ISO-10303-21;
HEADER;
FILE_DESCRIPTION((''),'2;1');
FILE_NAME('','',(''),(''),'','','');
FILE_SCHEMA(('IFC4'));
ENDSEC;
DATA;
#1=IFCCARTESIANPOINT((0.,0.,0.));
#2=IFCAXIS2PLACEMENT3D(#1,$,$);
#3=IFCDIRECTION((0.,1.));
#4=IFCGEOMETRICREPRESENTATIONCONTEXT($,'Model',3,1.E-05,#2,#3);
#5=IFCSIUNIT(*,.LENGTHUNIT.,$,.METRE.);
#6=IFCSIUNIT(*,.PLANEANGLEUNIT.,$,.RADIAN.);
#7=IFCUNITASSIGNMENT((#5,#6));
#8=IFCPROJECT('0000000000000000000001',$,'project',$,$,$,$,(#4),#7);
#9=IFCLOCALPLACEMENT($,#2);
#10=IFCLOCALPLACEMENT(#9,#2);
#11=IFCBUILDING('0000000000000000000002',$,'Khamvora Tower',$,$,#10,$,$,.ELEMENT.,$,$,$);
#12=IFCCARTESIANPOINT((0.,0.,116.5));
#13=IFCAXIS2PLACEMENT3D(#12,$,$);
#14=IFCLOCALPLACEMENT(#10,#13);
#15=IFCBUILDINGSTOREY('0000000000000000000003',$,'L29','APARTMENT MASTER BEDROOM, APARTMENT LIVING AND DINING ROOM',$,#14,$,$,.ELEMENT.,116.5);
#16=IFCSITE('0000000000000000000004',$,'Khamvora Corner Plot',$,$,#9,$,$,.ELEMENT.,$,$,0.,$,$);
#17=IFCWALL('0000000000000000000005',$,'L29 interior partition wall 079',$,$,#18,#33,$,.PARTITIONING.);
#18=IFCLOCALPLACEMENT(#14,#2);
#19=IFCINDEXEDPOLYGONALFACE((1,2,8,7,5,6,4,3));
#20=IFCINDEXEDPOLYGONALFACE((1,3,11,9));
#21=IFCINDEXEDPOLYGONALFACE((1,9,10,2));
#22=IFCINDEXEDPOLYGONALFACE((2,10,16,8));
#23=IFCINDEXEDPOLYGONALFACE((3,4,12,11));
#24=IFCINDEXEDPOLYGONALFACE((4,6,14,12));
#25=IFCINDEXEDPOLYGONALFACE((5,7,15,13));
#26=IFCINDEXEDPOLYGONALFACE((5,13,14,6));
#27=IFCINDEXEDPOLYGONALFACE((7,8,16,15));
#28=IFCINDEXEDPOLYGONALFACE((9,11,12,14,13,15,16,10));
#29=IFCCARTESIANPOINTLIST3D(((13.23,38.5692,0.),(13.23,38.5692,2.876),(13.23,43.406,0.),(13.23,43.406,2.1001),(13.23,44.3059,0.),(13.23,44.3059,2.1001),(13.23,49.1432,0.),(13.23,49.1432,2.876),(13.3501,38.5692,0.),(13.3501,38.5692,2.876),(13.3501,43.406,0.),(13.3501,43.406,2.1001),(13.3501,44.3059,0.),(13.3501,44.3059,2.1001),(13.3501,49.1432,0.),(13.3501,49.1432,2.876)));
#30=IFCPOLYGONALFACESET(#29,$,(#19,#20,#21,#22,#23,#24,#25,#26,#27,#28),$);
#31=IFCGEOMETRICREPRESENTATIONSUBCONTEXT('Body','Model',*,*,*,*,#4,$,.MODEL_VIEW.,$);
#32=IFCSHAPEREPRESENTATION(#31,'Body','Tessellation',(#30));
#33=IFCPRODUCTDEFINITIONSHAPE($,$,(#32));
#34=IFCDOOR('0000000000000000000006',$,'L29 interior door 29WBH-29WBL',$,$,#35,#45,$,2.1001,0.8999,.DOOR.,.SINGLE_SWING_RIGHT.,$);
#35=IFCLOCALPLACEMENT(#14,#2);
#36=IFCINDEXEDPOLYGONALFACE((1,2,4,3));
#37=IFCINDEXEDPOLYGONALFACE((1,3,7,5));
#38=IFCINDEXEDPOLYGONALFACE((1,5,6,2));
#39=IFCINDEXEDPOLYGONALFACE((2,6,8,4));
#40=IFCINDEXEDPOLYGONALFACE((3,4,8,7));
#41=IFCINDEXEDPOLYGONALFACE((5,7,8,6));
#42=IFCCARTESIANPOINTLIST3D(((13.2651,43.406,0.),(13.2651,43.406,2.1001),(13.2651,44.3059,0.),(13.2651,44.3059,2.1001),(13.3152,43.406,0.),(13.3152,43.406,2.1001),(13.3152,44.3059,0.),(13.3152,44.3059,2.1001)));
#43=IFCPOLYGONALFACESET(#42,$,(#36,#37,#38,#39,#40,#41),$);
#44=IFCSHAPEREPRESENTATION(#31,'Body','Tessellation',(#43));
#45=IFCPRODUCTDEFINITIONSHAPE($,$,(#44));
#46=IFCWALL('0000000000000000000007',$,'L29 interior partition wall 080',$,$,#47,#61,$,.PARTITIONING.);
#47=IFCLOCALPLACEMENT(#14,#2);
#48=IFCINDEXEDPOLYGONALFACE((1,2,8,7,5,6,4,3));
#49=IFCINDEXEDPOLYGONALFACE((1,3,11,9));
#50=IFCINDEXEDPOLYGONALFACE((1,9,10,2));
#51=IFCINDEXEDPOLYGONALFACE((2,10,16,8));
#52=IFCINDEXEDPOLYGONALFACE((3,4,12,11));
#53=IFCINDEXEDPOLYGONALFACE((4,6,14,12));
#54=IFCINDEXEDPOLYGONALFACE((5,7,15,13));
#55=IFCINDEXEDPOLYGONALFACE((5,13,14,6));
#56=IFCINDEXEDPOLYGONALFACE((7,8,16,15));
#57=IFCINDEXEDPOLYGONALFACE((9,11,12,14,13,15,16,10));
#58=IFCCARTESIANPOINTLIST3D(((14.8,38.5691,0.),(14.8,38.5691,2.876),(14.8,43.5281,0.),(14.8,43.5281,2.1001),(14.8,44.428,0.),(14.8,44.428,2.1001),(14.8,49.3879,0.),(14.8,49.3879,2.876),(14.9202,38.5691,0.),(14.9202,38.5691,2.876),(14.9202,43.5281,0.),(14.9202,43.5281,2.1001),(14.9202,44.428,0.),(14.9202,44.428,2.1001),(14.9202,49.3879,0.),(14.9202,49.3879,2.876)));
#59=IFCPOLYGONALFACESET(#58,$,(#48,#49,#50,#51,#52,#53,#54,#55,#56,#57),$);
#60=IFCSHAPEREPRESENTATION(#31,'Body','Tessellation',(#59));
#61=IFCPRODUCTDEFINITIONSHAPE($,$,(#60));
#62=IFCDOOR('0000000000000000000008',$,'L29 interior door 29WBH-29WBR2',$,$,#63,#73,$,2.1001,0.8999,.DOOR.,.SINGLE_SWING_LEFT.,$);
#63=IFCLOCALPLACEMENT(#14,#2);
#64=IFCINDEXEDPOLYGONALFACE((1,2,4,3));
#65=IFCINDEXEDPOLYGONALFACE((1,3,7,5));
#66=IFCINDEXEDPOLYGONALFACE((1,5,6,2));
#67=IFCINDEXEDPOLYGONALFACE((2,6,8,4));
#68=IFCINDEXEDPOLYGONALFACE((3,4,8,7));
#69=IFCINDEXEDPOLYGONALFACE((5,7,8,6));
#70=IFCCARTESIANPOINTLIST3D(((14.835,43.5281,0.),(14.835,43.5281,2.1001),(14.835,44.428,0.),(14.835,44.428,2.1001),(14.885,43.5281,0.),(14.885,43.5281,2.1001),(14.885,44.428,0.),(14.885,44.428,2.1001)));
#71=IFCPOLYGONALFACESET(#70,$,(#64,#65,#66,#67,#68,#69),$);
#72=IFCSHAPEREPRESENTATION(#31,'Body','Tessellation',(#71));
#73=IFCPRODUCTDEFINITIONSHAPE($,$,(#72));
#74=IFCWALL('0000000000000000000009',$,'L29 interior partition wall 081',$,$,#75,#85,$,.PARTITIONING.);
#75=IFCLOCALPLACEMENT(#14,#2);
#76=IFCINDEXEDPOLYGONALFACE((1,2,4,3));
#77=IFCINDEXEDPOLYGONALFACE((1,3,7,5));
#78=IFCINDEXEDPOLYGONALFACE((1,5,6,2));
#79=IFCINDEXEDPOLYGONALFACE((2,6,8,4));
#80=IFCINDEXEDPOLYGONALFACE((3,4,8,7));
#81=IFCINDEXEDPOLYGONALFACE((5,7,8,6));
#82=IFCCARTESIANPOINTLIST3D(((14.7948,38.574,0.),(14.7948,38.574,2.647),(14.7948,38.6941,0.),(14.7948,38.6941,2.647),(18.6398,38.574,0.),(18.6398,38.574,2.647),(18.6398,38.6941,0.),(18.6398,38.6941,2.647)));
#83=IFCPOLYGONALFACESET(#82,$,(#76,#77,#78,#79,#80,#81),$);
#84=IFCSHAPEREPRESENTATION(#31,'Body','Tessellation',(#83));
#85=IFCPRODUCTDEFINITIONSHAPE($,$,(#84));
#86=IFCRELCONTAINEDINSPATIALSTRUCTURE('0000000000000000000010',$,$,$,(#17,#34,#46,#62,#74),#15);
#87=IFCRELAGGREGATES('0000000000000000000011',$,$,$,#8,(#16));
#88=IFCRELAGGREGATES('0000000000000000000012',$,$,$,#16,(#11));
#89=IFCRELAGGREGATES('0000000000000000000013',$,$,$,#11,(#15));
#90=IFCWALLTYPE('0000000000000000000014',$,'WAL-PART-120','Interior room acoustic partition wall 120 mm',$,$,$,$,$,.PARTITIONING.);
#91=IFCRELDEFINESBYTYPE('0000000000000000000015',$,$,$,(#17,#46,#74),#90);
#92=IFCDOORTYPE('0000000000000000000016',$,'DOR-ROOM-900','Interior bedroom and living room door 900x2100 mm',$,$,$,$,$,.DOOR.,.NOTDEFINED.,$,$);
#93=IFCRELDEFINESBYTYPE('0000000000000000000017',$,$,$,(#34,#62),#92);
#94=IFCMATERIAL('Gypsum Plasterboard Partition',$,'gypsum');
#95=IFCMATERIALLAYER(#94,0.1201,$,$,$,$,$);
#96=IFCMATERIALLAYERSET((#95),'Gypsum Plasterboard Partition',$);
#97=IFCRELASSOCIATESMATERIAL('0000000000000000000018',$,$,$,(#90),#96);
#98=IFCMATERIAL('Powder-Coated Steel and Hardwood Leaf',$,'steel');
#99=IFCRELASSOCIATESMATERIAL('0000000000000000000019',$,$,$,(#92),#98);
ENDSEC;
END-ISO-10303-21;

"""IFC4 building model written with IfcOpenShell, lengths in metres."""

from ifc_helpers import new_model, si_unit, direction, frame, frame_2d, origin, place, context, subcontext, project, spatial, rectangle, extrude, material, layer, layer_set, type_object, element, fill, save


model = new_model("IFC4")

# Units and contexts
model_context = context("Model", 3, precision=1e-05, world=origin(), true_north=direction((0.0, 1.0)))
body_context = subcontext(model_context, "Body", "Model", "MODEL_VIEW")
ifc_project = project(units=[si_unit("LENGTHUNIT", "METRE"), si_unit("PLANEANGLEUNIT", "RADIAN")], contexts=[model_context])

# Site, building, storey
site_placement = place(None, origin())
site = spatial("IfcSite", under=ifc_project, at=site_placement, Name="Khamvora Corner Plot", CompositionType="ELEMENT", RefElevation=0.0)
building_placement = place(site_placement, origin())
building = spatial("IfcBuilding", under=site, at=building_placement, Name="Khamvora Tower", CompositionType="ELEMENT")
storey_placement = place(building_placement, frame((0.0, 0.0, 116.5)))
storey = spatial("IfcBuildingStorey", under=building, at=storey_placement, Name="L29", Description="APARTMENT MASTER BEDROOM, APARTMENT LIVING AND DINING ROOM", CompositionType="ELEMENT", Elevation=116.5)

# Shared definitions
ifc_material_1 = material(Name="Gypsum Plasterboard Partition", Category="gypsum")
ifc_layer_1 = layer(ifc_material_1, 0.1201)
ifc_layer_set_1 = layer_set([ifc_layer_1], Name="Gypsum Plasterboard Partition")
wall_type_1 = type_object("IfcWallType", Name="WAL-PART-120", Description="Interior room acoustic partition wall 120 mm", PredefinedType="PARTITIONING", material=ifc_layer_set_1)

# Walls, openings, doors
wall_1_placement = place(storey_placement, frame((13.29, 38.5691, 0.0), z_axis=(0.0, 0.0, 1.0), x_axis=(0.0, 1.0, 0.0)))
wall_1 = element("IfcWall", 1, at=wall_1_placement, inside=storey, type_object=wall_type_1, Name="L29 interior partition wall 079", PredefinedType="PARTITIONING", context=body_context, shape_type="SweptSolid", body=[
    extrude(rectangle(XDim=10.574, YDim=0.1201, at=frame_2d((5.2871, 0.0))), origin(), (0.0, 0.0, 1.0), 2.876),
])
opening_1_placement = place(wall_1_placement, frame((4.8369, 0.0, 0.0)))
opening_1 = element("IfcOpeningElement", 2, at=opening_1_placement, cuts=wall_1, PredefinedType="OPENING", context=body_context, shape_type="SweptSolid", body=[
    extrude(rectangle(XDim=0.8999, YDim=2.1001, at=frame_2d((0.45, 1.05))), frame((0.0, 0.0701, 0.0), z_axis=(0.0, -1.0, 0.0), x_axis=(1.0, 0.0, 0.0)), (0.0, 0.0, 1.0), 0.1401),
])
ifc_material_2 = material(Name="Powder-Coated Steel and Hardwood Leaf", Category="steel")
door_type = type_object("IfcDoorType", Name="DOR-ROOM-900", Description="Interior bedroom and living room door 900x2100 mm", OperationType="NOTDEFINED", PredefinedType="DOOR", material=ifc_material_2)
door_1_placement = place(opening_1_placement, origin())
door_1 = element("IfcDoor", 3, at=door_1_placement, inside=storey, type_object=door_type, Name="L29 interior door 29WBH-29WBL", OperationType="SINGLE_SWING_RIGHT", OverallHeight=2.1001, OverallWidth=0.8999, PredefinedType="DOOR", context=body_context, shape_type="SweptSolid", body=[
    extrude(rectangle(XDim=0.8999, YDim=2.1001, at=frame_2d((0.45, 1.05))), frame((0.0, 0.0249, 0.0), z_axis=(0.0, -1.0, 0.0), x_axis=(1.0, 0.0, 0.0)), (0.0, 0.0, 1.0), 0.05),
])
fill(opening_1, door_1)
wall_2_placement = place(storey_placement, frame((14.8601, 49.3879, 0.0), z_axis=(0.0, 0.0, 1.0), x_axis=(0.0, -1.0, 0.0)))
wall_2 = element("IfcWall", 4, at=wall_2_placement, inside=storey, type_object=wall_type_1, Name="L29 interior partition wall 080", PredefinedType="PARTITIONING", context=body_context, shape_type="SweptSolid", body=[
    extrude(rectangle(XDim=10.8188, YDim=0.1201, at=frame_2d((5.4094, 0.0))), origin(), (0.0, 0.0, 1.0), 2.876),
])
opening_2_placement = place(wall_2_placement, frame((4.96, 0.0, 0.0)))
opening_2 = element("IfcOpeningElement", 5, at=opening_2_placement, cuts=wall_2, PredefinedType="OPENING", context=body_context, shape_type="SweptSolid", body=[
    extrude(rectangle(XDim=0.8999, YDim=2.1001, at=frame_2d((0.45, 1.05))), frame((0.0, 0.0701, 0.0), z_axis=(0.0, -1.0, 0.0), x_axis=(1.0, 0.0, 0.0)), (0.0, 0.0, 1.0), 0.1401),
])
door_2_placement = place(opening_2_placement, origin())
door_2 = element("IfcDoor", 6, at=door_2_placement, inside=storey, type_object=door_type, Name="L29 interior door 29WBH-29WBR2", OperationType="SINGLE_SWING_LEFT", OverallHeight=2.1001, OverallWidth=0.8999, PredefinedType="DOOR", context=body_context, shape_type="SweptSolid", body=[
    extrude(rectangle(XDim=0.8999, YDim=2.1001, at=frame_2d((0.45, 1.05))), frame((0.0, 0.0249, 0.0), z_axis=(0.0, -1.0, 0.0), x_axis=(1.0, 0.0, 0.0)), (0.0, 0.0, 1.0), 0.05),
])
fill(opening_2, door_2)

# Wall
wall_3_placement = place(storey_placement, frame((14.7949, 38.634, 0.0), z_axis=(0.0, 0.0, 1.0), x_axis=(1.0, 0.0, 0.0)))
element("IfcWall", 7, at=wall_3_placement, inside=storey, type_object=wall_type_1, Name="L29 interior partition wall 081", PredefinedType="PARTITIONING", context=body_context, shape_type="SweptSolid", body=[
    extrude(rectangle(XDim=3.845, YDim=0.1201, at=frame_2d((1.9224, 0.0))), origin(), (0.0, 0.0, 1.0), 2.647),
])

save(model, "model.ifc")
